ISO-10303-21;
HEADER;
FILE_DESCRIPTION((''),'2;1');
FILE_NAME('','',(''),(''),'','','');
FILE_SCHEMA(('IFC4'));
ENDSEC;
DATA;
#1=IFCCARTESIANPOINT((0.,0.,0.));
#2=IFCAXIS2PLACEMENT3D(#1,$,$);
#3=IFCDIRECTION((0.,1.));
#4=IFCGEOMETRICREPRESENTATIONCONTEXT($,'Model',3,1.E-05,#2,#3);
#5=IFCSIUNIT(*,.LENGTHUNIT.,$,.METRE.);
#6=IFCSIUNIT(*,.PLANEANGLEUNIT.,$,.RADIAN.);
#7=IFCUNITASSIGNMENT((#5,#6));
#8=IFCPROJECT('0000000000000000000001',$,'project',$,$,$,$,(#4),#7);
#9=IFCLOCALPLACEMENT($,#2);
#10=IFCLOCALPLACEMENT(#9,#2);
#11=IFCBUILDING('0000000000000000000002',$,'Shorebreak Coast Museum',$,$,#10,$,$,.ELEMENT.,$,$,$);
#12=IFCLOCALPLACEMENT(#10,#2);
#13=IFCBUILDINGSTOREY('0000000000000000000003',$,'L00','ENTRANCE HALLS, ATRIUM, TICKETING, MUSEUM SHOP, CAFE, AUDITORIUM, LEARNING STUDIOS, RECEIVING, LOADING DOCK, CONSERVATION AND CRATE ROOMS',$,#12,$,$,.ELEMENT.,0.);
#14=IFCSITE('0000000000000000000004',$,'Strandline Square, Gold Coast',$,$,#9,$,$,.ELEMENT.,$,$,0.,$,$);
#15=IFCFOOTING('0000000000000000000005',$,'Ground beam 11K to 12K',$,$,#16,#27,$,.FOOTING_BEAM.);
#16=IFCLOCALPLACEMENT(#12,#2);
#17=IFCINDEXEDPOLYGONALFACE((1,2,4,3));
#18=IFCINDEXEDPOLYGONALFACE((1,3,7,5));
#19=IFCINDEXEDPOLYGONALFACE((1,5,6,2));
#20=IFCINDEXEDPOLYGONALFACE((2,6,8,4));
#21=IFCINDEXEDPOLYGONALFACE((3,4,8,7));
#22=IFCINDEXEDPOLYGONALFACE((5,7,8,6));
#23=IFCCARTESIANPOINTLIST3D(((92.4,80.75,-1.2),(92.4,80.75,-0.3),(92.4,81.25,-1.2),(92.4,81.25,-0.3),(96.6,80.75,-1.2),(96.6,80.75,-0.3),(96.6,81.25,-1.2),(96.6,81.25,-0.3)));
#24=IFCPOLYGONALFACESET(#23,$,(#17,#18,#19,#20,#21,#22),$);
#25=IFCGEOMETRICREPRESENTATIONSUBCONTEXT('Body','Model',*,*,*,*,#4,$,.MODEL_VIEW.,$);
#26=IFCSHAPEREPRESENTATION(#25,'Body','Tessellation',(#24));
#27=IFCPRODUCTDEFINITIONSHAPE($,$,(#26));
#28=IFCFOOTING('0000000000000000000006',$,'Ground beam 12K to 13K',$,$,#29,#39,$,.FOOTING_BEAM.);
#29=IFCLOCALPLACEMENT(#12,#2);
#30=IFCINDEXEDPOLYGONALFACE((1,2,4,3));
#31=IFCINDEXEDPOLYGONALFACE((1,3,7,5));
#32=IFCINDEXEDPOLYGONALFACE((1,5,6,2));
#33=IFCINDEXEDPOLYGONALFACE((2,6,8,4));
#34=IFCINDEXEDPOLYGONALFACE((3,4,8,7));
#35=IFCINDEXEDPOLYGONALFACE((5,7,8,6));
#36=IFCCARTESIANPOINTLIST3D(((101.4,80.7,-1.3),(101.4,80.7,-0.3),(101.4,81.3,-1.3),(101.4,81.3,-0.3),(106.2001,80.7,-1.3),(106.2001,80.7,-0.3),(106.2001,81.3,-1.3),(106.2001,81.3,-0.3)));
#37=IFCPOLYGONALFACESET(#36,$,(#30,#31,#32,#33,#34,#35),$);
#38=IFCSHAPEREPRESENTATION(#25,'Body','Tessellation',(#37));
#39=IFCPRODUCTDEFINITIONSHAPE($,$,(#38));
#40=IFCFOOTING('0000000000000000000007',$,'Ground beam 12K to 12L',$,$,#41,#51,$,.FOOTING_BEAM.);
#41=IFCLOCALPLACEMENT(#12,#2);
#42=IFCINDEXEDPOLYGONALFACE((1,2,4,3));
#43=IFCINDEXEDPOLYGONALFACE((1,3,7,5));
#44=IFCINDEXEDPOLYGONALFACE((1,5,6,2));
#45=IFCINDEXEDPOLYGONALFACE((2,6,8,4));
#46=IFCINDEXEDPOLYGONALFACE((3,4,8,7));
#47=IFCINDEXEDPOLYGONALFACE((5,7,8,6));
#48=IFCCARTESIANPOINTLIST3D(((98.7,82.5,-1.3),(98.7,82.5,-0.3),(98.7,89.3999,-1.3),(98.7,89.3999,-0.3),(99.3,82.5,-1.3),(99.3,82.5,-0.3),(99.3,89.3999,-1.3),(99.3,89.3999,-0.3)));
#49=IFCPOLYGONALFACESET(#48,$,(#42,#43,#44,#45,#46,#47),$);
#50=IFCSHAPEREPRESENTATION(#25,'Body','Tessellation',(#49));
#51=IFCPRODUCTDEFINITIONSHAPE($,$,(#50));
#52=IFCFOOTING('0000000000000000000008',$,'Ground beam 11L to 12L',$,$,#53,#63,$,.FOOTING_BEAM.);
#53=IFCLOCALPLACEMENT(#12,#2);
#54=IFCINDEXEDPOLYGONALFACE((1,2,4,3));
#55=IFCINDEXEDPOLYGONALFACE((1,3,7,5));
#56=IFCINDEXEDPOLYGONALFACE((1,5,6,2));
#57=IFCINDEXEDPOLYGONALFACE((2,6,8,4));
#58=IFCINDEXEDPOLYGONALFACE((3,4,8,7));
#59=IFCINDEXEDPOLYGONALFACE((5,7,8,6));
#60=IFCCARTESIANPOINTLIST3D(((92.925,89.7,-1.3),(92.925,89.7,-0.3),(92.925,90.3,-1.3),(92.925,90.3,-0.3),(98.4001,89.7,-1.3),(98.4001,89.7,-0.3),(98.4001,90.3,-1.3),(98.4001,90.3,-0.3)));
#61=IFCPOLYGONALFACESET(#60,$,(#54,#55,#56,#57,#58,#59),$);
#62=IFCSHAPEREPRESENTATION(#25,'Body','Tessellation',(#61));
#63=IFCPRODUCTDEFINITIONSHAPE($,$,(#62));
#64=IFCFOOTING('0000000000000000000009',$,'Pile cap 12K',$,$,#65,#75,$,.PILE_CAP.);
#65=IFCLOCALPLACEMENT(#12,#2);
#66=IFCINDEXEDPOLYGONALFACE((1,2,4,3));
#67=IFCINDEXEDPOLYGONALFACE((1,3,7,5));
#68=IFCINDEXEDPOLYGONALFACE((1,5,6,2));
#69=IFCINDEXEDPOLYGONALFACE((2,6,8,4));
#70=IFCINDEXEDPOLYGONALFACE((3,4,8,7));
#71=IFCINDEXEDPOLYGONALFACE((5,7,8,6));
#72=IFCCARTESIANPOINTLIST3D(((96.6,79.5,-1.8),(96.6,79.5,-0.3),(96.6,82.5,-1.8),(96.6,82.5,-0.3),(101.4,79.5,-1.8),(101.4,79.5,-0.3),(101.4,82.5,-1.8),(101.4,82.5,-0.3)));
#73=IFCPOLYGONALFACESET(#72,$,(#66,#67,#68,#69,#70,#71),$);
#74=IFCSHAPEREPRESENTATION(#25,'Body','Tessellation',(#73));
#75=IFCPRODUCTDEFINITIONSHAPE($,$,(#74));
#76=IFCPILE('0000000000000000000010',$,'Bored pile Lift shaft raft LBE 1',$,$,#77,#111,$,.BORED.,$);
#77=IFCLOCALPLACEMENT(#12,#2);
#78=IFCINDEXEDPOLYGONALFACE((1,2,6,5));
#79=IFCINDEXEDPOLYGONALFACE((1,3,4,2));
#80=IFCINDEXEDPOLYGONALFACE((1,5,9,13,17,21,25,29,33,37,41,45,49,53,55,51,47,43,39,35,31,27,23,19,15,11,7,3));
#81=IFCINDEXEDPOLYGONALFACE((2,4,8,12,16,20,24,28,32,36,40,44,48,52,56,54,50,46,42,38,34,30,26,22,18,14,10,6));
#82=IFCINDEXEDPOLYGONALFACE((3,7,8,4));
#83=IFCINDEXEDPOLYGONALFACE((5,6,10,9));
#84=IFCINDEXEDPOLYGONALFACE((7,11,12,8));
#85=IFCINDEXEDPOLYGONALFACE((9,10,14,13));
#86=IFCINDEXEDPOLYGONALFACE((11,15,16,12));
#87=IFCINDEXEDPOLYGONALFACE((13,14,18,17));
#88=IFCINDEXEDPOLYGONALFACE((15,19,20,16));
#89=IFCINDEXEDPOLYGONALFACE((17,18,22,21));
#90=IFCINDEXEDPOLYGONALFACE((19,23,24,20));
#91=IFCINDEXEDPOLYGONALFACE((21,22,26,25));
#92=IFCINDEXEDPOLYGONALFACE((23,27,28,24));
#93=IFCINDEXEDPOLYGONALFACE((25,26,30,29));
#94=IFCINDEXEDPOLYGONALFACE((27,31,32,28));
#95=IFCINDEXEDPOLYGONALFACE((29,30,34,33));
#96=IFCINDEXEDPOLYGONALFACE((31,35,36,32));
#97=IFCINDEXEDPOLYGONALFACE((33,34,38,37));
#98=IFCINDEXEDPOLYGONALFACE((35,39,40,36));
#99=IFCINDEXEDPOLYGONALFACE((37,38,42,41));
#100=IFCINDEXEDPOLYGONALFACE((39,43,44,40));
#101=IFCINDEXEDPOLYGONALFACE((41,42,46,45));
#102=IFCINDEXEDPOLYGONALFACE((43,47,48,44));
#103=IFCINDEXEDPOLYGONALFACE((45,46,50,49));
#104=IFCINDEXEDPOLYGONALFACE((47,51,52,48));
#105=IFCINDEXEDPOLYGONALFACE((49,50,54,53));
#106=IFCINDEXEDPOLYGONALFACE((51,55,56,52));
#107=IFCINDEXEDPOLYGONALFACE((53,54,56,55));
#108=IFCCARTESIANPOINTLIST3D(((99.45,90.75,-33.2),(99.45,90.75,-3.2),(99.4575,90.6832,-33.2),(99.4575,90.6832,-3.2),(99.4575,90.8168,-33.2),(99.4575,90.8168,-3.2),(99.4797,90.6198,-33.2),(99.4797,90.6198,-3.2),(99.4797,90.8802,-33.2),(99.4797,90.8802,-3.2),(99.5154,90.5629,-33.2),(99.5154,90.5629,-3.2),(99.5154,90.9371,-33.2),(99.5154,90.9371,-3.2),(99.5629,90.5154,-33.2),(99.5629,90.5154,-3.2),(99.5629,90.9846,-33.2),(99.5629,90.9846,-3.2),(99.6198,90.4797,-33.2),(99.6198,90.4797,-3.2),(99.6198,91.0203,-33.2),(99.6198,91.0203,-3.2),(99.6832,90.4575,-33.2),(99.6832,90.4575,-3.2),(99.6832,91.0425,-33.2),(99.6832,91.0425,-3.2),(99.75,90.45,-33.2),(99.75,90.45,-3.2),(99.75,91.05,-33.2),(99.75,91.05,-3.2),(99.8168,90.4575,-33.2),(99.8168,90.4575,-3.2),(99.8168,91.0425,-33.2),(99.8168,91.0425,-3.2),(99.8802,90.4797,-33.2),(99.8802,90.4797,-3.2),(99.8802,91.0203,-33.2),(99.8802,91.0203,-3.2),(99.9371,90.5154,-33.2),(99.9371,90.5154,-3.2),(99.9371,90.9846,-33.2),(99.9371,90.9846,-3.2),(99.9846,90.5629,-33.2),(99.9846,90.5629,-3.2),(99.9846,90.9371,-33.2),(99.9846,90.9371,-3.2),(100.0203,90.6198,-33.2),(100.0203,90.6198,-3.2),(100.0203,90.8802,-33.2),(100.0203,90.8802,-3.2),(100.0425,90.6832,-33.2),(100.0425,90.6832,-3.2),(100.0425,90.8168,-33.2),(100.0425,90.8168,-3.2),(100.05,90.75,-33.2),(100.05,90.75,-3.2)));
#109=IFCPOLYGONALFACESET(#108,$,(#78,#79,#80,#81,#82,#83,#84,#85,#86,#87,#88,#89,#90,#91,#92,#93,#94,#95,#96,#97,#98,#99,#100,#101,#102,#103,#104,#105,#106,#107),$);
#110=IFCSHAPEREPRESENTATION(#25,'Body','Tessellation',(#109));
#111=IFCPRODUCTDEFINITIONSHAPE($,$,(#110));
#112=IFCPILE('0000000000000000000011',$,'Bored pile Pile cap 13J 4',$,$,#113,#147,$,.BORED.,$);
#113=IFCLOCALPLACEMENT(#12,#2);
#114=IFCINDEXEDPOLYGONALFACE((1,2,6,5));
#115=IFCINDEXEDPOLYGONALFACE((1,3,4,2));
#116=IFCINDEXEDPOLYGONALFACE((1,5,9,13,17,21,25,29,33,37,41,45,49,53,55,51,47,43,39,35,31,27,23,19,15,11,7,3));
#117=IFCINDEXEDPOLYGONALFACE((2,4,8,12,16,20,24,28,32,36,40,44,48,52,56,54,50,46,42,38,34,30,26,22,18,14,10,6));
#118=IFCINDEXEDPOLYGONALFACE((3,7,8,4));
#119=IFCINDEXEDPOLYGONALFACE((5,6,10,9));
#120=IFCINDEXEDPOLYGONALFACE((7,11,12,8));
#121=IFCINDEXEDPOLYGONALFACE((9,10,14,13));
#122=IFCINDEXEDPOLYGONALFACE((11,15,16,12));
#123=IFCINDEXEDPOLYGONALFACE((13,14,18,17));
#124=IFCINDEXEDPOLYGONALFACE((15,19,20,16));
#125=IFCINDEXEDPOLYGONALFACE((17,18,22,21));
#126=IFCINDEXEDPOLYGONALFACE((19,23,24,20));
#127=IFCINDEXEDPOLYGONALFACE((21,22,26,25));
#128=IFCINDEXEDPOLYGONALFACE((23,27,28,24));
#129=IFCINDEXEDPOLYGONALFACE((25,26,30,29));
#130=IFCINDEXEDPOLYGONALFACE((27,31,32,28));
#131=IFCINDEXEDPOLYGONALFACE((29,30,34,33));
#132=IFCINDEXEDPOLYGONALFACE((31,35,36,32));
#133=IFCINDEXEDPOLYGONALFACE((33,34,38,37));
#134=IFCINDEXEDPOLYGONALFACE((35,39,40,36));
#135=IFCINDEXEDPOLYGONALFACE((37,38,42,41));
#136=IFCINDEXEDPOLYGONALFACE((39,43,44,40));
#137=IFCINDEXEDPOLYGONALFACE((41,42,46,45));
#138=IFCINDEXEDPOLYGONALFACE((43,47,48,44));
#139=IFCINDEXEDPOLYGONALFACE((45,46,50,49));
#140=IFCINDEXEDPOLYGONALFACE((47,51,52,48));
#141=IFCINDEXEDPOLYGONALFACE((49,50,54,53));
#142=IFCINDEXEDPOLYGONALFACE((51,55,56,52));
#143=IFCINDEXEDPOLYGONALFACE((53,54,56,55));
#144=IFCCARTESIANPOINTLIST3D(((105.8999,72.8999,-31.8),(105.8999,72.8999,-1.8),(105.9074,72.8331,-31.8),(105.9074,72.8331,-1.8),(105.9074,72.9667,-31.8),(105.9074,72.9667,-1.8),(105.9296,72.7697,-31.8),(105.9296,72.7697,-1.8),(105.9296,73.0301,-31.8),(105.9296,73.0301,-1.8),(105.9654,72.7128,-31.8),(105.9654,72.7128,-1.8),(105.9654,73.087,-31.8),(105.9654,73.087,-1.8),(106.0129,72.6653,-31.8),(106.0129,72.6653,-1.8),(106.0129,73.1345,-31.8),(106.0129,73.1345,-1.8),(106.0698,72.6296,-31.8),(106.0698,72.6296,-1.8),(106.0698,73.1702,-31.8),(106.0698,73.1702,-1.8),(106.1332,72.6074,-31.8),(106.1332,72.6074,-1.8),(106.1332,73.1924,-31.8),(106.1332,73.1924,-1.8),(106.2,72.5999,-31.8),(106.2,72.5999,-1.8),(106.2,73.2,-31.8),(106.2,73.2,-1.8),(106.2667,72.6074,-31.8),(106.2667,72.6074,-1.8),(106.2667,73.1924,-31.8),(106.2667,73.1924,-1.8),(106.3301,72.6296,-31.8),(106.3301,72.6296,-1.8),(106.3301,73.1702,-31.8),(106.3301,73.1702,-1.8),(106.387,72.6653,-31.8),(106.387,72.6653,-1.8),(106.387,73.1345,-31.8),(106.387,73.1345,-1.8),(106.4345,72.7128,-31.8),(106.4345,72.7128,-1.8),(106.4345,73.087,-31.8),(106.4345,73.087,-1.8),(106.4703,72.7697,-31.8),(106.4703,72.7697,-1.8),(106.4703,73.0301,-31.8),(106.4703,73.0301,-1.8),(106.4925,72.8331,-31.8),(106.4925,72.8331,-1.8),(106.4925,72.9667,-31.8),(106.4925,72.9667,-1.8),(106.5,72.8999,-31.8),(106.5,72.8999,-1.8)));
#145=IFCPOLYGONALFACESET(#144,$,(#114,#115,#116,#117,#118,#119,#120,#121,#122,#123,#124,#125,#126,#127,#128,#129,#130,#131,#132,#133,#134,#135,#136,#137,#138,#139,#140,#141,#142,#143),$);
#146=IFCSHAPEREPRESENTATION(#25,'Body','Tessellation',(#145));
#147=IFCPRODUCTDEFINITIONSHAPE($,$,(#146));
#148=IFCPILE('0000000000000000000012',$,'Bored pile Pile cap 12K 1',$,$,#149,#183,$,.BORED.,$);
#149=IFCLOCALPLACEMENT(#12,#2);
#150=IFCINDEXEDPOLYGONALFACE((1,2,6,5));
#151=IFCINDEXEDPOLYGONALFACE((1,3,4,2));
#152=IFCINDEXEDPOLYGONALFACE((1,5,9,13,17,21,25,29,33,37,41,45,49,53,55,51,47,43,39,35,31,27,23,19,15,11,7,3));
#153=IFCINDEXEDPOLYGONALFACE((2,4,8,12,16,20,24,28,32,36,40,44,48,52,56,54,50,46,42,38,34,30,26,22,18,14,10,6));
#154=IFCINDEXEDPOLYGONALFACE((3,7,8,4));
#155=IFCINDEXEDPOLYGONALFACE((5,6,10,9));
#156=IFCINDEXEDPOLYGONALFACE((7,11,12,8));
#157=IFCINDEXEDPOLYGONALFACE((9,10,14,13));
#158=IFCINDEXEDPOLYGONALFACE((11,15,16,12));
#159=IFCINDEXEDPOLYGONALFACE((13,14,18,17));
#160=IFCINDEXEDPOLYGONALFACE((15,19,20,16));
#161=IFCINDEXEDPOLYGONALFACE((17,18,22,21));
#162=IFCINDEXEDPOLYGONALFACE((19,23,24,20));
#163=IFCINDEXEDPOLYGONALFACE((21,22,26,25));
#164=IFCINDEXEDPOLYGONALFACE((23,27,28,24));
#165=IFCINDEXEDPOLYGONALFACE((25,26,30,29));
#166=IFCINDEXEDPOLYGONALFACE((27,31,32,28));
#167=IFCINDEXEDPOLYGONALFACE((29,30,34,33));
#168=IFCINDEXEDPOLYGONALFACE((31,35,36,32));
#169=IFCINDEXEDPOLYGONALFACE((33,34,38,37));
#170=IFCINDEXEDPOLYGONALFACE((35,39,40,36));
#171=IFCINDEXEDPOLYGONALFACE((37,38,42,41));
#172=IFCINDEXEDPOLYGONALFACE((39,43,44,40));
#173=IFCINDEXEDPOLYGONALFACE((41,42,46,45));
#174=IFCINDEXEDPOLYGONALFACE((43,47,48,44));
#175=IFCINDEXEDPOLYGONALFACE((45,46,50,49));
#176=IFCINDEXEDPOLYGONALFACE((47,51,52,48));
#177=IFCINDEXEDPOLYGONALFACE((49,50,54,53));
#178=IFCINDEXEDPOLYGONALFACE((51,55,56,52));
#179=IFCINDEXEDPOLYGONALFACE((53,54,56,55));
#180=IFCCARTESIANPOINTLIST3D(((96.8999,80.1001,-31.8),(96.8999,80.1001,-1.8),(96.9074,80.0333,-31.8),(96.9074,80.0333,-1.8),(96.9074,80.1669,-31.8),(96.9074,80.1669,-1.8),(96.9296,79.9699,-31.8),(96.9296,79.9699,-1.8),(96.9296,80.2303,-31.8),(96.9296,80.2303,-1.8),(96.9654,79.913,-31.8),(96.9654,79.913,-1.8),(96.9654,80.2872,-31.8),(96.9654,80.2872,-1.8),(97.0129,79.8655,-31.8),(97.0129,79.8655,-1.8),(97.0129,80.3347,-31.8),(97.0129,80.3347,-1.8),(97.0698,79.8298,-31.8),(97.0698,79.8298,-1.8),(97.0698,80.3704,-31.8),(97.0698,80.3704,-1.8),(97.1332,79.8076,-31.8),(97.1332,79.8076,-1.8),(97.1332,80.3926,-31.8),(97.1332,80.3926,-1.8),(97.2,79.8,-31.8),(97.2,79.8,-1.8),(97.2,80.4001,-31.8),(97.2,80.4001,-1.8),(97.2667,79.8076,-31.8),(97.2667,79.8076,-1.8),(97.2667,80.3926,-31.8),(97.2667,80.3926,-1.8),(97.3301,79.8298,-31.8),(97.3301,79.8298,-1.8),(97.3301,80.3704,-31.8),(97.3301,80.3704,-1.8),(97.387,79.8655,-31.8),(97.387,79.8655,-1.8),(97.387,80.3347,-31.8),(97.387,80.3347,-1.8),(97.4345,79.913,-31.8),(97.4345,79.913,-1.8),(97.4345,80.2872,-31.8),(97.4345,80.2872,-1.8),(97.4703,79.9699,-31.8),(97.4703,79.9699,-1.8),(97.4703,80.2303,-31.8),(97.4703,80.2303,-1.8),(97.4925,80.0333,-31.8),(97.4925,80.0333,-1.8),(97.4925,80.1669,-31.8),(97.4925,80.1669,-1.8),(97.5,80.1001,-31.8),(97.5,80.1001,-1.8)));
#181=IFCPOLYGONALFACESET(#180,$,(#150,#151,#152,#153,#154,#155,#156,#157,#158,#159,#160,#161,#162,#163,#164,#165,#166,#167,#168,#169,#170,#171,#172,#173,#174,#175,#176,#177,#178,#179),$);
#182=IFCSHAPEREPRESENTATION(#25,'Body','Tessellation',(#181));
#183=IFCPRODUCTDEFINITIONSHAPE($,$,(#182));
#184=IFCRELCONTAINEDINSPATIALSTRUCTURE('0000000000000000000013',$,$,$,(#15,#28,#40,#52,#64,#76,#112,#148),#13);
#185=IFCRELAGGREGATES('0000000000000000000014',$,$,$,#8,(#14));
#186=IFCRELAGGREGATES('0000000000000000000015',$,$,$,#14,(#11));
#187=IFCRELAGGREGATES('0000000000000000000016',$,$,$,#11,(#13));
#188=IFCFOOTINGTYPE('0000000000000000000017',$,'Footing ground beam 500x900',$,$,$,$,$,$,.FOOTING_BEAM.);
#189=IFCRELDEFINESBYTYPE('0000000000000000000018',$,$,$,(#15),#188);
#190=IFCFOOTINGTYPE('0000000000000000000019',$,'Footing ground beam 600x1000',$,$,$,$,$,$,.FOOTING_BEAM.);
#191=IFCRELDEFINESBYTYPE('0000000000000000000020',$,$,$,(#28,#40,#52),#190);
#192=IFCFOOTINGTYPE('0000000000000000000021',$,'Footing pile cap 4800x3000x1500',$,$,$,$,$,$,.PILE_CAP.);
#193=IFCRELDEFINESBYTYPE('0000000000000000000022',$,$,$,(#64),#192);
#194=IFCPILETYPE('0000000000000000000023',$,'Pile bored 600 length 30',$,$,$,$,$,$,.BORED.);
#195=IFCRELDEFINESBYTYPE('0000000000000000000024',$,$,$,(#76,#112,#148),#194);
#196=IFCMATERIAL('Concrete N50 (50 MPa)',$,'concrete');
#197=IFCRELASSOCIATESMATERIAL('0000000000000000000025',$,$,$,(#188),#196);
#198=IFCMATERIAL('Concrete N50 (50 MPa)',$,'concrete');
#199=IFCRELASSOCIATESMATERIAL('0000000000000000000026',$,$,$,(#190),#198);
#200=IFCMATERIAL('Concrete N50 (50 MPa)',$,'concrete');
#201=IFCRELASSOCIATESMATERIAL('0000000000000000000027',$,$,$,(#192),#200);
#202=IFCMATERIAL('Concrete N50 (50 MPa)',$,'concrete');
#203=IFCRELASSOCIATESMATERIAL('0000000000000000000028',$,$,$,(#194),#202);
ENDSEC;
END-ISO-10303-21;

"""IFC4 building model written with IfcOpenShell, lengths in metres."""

from ifc_helpers import new_model, si_unit, direction, frame, origin, origin_2d, place, context, subcontext, project, spatial, rectangle, circle, extrude, material, material_profile, profile_set, type_object, element, save


model = new_model("IFC4")

# Units and contexts
model_context = context("Model", 3, precision=1e-05, world=origin(), true_north=direction((0.0, 1.0)))
body_context = subcontext(model_context, "Body", "Model", "MODEL_VIEW")
ifc_project = project(units=[si_unit("LENGTHUNIT", "METRE"), si_unit("PLANEANGLEUNIT", "RADIAN")], contexts=[model_context])

# Site, building, storey
site_placement = place(None, origin())
site = spatial("IfcSite", under=ifc_project, at=site_placement, Name="Strandline Square, Gold Coast", CompositionType="ELEMENT", RefElevation=0.0)
building_placement = place(site_placement, origin())
building = spatial("IfcBuilding", under=site, at=building_placement, Name="Shorebreak Coast Museum", CompositionType="ELEMENT")
storey_placement = place(building_placement, origin())
storey = spatial("IfcBuildingStorey", under=building, at=storey_placement, Name="L00", Description="ENTRANCE HALLS, ATRIUM, TICKETING, MUSEUM SHOP, CAFE, AUDITORIUM, LEARNING STUDIOS, RECEIVING, LOADING DOCK, CONSERVATION AND CRATE ROOMS", CompositionType="ELEMENT", Elevation=0.0)

# Footings
ifc_material_1 = material(Name="Concrete N50 (50 MPa)", Category="concrete")
footing_type_1 = type_object("IfcFootingType", Name="Footing ground beam 500x900", PredefinedType="FOOTING_BEAM", material=ifc_material_1)
footing_1_placement = place(storey_placement, frame((94.5, 81.0, -1.2), z_axis=(0.0, 0.0, 1.0), x_axis=(1.0, 0.0, 0.0)))
element("IfcFooting", 1, at=footing_1_placement, inside=storey, type_object=footing_type_1, Name="Ground beam 11K to 12K", PredefinedType="FOOTING_BEAM", context=body_context, shape_type="SweptSolid", body=[
    extrude(rectangle(XDim=4.2, YDim=0.5, at=origin_2d()), origin(), (0.0, 0.0, 1.0), 0.8999),
])
ifc_material_2 = material(Name="Concrete N50 (50 MPa)", Category="concrete")
footing_type_2 = type_object("IfcFootingType", Name="Footing ground beam 600x1000", PredefinedType="FOOTING_BEAM", material=ifc_material_2)
footing_2_placement = place(storey_placement, frame((103.8, 81.0, -1.3), z_axis=(0.0, 0.0, 1.0), x_axis=(1.0, 0.0, 0.0)))
element("IfcFooting", 2, at=footing_2_placement, inside=storey, type_object=footing_type_2, Name="Ground beam 12K to 13K", PredefinedType="FOOTING_BEAM", context=body_context, shape_type="SweptSolid", body=[
    extrude(rectangle(XDim=4.8, YDim=0.6001, at=origin_2d()), origin(), (0.0, 0.0, 1.0), 1.0),
])
footing_3_placement = place(storey_placement, frame((99.0, 85.95, -1.3), z_axis=(0.0, 0.0, 1.0), x_axis=(1.0, 0.0, 0.0)))
element("IfcFooting", 3, at=footing_3_placement, inside=storey, type_object=footing_type_2, Name="Ground beam 12K to 12L", PredefinedType="FOOTING_BEAM", context=body_context, shape_type="SweptSolid", body=[
    extrude(rectangle(XDim=0.6001, YDim=6.8999, at=origin_2d()), origin(), (0.0, 0.0, 1.0), 1.0),
])
footing_4_placement = place(storey_placement, frame((95.6626, 90.0, -1.3), z_axis=(0.0, 0.0, 1.0), x_axis=(1.0, 0.0, 0.0)))
element("IfcFooting", 4, at=footing_4_placement, inside=storey, type_object=footing_type_2, Name="Ground beam 11L to 12L", PredefinedType="FOOTING_BEAM", context=body_context, shape_type="SweptSolid", body=[
    extrude(rectangle(XDim=5.4751, YDim=0.6001, at=origin_2d()), origin(), (0.0, 0.0, 1.0), 1.0),
])
ifc_material_3 = material(Name="Concrete N50 (50 MPa)", Category="concrete")
footing_type_3 = type_object("IfcFootingType", Name="Footing pile cap 4800x3000x1500", PredefinedType="PILE_CAP", material=ifc_material_3)
footing_5_placement = place(storey_placement, frame((99.0, 81.0, -1.8), z_axis=(0.0, 0.0, 1.0), x_axis=(1.0, 0.0, 0.0)))
element("IfcFooting", 5, at=footing_5_placement, inside=storey, type_object=footing_type_3, Name="Pile cap 12K", PredefinedType="PILE_CAP", context=body_context, shape_type="SweptSolid", body=[
    extrude(rectangle(XDim=4.8, YDim=3.0, at=origin_2d()), origin(), (0.0, 0.0, 1.0), 1.5),
])

# Piles
ifc_material_4 = material(Name="Concrete N50 (50 MPa)", Category="concrete")
ifc_material_profile_1 = material_profile(ifc_material_4, circle(Radius=0.3, at=origin_2d()), Name="Pile bored 600 length 30")
ifc_profile_set_1 = profile_set([ifc_material_profile_1], Name="Concrete N50 (50 MPa)")
pile_type_1 = type_object("IfcPileType", Name="Pile bored 600 length 30", PredefinedType="BORED", material=ifc_profile_set_1)
for number, where, z_axis, x_axis, name in (
    (6, (99.75, 90.75, -3.2), (0.0, 0.0, -1.0), (1.0, 0.0, 0.0), "Bored pile Lift shaft raft LBE 1"),
    (7, (106.2, 72.8999, -1.8), (0.0, 0.0, -1.0), (1.0, 0.0, 0.0), "Bored pile Pile cap 13J 4"),
    (8, (97.2, 80.1001, -1.8), (0.0, 0.0, -1.0), (1.0, 0.0, 0.0), "Bored pile Pile cap 12K 1"),
):
    element("IfcPile", number, at=place(storey_placement, frame(where, z_axis=z_axis, x_axis=x_axis)), inside=storey, type_object=pile_type_1, Name=name, PredefinedType="BORED", context=body_context, shape_type="SweptSolid", body=[
        extrude(circle(Radius=0.3, at=origin_2d()), origin(), (0.0, 0.0, 1.0), 30.0),
    ])

save(model, "model.ifc")
